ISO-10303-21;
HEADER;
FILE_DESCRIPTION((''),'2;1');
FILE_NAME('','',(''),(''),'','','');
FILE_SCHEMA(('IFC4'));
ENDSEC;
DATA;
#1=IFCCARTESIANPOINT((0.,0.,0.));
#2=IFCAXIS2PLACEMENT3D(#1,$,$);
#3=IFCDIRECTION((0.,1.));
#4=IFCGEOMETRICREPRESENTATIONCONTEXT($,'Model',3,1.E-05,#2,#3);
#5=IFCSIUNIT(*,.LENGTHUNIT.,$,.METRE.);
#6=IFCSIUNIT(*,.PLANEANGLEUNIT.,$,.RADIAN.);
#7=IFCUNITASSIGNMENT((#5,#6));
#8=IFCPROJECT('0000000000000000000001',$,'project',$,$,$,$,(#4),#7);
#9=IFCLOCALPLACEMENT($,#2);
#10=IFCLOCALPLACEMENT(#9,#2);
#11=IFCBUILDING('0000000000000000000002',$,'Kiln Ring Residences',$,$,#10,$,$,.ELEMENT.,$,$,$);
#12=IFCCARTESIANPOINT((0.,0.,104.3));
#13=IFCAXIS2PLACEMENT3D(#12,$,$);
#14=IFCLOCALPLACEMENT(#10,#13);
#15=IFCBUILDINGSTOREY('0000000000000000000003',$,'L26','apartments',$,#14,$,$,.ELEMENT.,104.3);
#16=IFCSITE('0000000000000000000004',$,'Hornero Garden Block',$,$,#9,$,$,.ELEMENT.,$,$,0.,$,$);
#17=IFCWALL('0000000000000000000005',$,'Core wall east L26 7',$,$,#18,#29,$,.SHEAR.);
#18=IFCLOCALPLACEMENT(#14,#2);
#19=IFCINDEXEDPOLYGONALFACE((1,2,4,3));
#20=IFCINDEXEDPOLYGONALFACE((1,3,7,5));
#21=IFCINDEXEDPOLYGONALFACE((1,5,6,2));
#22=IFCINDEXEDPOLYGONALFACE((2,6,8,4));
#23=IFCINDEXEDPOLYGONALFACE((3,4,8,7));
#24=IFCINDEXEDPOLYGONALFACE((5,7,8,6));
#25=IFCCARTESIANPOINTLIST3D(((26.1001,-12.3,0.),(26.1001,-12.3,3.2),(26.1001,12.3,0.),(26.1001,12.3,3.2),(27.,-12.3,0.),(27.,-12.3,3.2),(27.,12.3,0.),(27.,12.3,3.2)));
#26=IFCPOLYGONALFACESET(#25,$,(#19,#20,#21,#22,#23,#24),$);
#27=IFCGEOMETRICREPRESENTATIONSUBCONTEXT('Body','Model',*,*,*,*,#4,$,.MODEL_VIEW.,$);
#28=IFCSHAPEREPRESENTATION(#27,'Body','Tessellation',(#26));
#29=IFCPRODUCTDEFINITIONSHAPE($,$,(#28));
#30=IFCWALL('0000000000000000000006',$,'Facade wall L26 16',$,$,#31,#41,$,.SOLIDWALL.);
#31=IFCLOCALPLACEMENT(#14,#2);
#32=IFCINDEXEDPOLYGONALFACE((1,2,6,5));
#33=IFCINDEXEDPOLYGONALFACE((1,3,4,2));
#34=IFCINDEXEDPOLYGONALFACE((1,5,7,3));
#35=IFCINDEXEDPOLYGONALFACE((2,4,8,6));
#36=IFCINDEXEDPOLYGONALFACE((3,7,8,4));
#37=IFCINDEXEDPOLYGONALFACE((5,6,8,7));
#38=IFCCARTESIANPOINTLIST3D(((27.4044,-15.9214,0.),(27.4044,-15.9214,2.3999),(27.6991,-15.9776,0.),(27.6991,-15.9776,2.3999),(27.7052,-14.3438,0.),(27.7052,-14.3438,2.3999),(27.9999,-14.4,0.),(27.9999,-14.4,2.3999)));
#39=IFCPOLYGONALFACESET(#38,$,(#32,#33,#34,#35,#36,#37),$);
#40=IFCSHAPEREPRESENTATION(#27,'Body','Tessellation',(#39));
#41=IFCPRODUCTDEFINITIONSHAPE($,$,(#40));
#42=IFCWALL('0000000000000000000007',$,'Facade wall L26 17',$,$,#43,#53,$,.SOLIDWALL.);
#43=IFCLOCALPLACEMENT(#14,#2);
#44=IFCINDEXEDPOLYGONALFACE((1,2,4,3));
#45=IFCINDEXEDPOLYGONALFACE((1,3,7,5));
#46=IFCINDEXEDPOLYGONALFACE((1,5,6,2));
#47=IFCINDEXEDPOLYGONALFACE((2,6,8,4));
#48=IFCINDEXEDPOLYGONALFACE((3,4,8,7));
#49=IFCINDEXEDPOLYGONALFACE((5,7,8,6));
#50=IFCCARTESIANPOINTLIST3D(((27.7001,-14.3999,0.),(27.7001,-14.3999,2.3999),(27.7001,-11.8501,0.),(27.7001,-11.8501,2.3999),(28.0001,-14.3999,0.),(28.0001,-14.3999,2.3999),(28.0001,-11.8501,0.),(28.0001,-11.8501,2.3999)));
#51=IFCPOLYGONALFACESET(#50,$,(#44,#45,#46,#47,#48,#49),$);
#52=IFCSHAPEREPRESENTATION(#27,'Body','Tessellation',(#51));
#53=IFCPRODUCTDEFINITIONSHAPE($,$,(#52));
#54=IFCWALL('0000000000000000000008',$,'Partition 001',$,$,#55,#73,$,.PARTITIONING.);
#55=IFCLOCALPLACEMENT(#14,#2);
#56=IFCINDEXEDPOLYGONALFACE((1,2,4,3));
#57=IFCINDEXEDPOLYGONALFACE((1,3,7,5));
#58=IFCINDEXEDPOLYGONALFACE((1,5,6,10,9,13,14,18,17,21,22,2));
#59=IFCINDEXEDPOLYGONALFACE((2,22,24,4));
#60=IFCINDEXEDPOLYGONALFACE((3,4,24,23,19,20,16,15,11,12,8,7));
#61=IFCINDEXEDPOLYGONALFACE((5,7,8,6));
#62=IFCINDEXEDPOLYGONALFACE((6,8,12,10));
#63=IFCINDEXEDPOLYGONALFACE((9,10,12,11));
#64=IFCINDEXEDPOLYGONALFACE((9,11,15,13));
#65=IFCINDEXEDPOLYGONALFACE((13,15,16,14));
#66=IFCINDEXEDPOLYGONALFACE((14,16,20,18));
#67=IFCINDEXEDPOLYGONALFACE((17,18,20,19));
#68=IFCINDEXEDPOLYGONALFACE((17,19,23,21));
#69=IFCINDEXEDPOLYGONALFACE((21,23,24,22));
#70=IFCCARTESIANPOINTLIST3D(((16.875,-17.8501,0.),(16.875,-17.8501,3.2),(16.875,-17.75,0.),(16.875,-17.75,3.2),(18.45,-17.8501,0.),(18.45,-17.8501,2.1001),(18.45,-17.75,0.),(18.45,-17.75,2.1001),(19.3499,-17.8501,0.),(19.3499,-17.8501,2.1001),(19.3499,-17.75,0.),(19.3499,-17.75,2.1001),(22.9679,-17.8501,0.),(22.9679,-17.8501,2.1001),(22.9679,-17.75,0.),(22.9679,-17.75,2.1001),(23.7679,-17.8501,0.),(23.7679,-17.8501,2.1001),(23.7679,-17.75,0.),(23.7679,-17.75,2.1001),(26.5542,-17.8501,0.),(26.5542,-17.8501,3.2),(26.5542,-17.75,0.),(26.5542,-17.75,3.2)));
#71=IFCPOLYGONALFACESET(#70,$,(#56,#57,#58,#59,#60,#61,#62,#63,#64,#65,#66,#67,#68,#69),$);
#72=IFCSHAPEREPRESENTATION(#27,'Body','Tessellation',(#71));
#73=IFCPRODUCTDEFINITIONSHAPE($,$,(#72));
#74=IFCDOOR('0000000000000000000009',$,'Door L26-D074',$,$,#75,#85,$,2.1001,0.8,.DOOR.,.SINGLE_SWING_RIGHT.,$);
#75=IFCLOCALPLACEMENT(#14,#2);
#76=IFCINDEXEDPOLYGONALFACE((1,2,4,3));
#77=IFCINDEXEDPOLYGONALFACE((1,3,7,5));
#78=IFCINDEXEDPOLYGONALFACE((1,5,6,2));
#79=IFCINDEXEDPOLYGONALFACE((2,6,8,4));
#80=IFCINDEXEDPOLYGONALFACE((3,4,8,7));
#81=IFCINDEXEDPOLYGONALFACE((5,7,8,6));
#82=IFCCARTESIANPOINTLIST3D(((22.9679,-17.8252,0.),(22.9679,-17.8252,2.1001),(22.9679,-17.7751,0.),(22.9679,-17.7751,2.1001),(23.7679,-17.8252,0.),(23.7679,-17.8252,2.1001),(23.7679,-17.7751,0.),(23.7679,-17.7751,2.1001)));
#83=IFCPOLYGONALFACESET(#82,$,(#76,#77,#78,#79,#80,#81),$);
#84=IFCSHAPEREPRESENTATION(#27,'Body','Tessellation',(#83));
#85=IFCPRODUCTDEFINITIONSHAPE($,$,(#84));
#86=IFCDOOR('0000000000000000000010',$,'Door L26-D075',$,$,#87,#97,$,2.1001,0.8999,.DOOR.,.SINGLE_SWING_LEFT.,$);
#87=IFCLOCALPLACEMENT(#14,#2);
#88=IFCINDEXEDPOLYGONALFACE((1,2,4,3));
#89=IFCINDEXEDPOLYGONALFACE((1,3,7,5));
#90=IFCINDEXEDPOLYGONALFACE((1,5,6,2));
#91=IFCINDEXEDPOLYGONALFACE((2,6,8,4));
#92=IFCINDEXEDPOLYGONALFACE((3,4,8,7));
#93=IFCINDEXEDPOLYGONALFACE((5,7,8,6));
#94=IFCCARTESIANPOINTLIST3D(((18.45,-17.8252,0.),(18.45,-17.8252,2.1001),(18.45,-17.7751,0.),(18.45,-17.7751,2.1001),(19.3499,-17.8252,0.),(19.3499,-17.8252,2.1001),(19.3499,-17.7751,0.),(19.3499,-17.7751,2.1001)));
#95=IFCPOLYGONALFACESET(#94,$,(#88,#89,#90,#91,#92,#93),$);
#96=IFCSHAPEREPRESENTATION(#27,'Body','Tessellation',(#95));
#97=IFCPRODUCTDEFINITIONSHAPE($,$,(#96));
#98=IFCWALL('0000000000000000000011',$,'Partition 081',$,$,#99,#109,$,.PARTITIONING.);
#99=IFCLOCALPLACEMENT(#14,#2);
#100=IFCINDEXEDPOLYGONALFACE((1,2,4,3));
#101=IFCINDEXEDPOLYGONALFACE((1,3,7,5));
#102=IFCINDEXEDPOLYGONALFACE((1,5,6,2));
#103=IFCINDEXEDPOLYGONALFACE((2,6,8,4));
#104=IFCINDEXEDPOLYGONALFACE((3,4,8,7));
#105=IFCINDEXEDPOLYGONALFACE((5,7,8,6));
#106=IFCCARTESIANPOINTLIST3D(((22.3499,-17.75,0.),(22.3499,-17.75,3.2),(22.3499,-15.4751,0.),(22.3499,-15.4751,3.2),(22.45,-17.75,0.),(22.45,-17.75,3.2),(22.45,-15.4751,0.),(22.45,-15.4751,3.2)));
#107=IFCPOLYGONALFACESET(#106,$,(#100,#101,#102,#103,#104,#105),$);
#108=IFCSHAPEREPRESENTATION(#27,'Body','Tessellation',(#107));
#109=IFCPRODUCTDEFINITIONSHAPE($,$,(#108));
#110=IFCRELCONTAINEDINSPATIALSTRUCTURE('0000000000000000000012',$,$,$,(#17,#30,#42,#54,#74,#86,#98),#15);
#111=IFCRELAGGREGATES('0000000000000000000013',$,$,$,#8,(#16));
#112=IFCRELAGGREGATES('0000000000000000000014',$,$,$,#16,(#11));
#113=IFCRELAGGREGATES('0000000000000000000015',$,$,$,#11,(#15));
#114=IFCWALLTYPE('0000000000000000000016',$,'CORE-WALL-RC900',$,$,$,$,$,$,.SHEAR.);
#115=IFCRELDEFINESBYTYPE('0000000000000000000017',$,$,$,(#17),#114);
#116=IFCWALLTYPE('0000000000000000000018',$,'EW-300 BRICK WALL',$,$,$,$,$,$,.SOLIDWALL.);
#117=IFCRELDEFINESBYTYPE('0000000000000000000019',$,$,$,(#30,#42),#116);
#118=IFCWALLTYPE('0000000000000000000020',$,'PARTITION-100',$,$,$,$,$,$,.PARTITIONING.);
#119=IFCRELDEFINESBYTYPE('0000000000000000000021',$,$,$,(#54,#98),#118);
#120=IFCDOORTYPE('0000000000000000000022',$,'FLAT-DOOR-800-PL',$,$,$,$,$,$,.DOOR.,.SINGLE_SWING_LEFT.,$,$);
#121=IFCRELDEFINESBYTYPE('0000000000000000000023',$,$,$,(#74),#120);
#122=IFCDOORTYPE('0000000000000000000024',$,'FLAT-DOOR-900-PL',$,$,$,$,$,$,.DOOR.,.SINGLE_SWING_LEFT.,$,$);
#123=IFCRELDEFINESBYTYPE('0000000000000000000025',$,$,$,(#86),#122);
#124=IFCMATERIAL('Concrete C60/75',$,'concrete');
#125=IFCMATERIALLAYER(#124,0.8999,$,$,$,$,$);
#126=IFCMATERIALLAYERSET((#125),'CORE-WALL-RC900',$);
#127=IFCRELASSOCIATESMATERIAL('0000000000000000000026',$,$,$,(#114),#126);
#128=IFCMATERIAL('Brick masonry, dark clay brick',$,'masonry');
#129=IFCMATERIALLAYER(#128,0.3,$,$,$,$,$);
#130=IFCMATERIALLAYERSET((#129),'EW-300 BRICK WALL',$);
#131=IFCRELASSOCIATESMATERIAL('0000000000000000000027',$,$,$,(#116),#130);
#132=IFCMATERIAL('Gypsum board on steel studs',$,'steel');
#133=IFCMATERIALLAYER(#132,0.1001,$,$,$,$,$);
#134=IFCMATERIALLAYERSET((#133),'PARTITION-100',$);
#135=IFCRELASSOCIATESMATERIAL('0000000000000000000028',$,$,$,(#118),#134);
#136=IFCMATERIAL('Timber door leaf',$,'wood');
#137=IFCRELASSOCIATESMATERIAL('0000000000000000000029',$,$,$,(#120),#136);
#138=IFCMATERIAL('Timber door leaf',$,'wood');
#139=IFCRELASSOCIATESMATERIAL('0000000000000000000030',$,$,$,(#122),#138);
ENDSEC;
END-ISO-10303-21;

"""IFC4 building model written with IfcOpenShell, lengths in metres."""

from ifc_helpers import new_model, si_unit, direction, frame, frame_2d, origin, place, context, subcontext, project, spatial, rectangle, extrude, material, layer, layer_set, type_object, element, fill, save


model = new_model("IFC4")

# Units and contexts
model_context = context("Model", 3, precision=1e-05, world=origin(), true_north=direction((0.0, 1.0)))
body_context = subcontext(model_context, "Body", "Model", "MODEL_VIEW")
ifc_project = project(units=[si_unit("LENGTHUNIT", "METRE"), si_unit("PLANEANGLEUNIT", "RADIAN")], contexts=[model_context])

# Site, building, storey
site_placement = place(None, origin())
site = spatial("IfcSite", under=ifc_project, at=site_placement, Name="Hornero Garden Block", CompositionType="ELEMENT", RefElevation=0.0)
building_placement = place(site_placement, origin())
building = spatial("IfcBuilding", under=site, at=building_placement, Name="Kiln Ring Residences", CompositionType="ELEMENT")
storey_placement = place(building_placement, frame((0.0, 0.0, 104.3)))
storey = spatial("IfcBuildingStorey", under=building, at=storey_placement, Name="L26", Description="apartments", CompositionType="ELEMENT", Elevation=104.3)

# Walls
ifc_material_1 = material(Name="Concrete C60/75", Category="concrete")
ifc_layer_1 = layer(ifc_material_1, 0.8999)
ifc_layer_set_1 = layer_set([ifc_layer_1], Name="CORE-WALL-RC900")
wall_type_1 = type_object("IfcWallType", Name="CORE-WALL-RC900", PredefinedType="SHEAR", material=ifc_layer_set_1)
wall_1_placement = place(storey_placement, frame((26.55, -12.3, 0.0), z_axis=(0.0, 0.0, 1.0), x_axis=(0.0, 1.0, 0.0)))
element("IfcWall", 1, at=wall_1_placement, inside=storey, type_object=wall_type_1, Name="Core wall east L26 7", PredefinedType="SHEAR", context=body_context, shape_type="SweptSolid", body=[
    extrude(rectangle(XDim=24.6001, YDim=0.8999, at=frame_2d((12.3, 0.0))), origin(), (0.0, 0.0, 1.0), 3.2),
])
ifc_material_2 = material(Name="Brick masonry, dark clay brick", Category="masonry")
ifc_layer_2 = layer(ifc_material_2, 0.3)
ifc_layer_set_2 = layer_set([ifc_layer_2], Name="EW-300 BRICK WALL")
wall_type_2 = type_object("IfcWallType", Name="EW-300 BRICK WALL", PredefinedType="SOLIDWALL", material=ifc_layer_set_2)
wall_2_placement = place(storey_placement, frame((27.5518, -15.9495, 0.0), z_axis=(0.0, 0.0, 1.0), x_axis=(0.18728, 0.982307, 0.0)))
element("IfcWall", 2, at=wall_2_placement, inside=storey, type_object=wall_type_2, Name="Facade wall L26 16", PredefinedType="SOLIDWALL", context=body_context, shape_type="SweptSolid", body=[
    extrude(rectangle(XDim=1.606, YDim=0.3, at=frame_2d((0.803, 0.0))), origin(), (0.0, 0.0, 1.0), 2.3999),
])
wall_3_placement = place(storey_placement, frame((27.8501, -14.3999, 0.0), z_axis=(0.0, 0.0, 1.0), x_axis=(0.0, 1.0, 0.0)))
element("IfcWall", 3, at=wall_3_placement, inside=storey, type_object=wall_type_2, Name="Facade wall L26 17", PredefinedType="SOLIDWALL", context=body_context, shape_type="SweptSolid", body=[
    extrude(rectangle(XDim=2.5498, YDim=0.3, at=frame_2d((1.2749, 0.0))), origin(), (0.0, 0.0, 1.0), 2.3999),
])

# Wall, openings, doors
ifc_material_3 = material(Name="Gypsum board on steel studs", Category="steel")
ifc_layer_3 = layer(ifc_material_3, 0.1001)
ifc_layer_set_3 = layer_set([ifc_layer_3], Name="PARTITION-100")
wall_type_3 = type_object("IfcWallType", Name="PARTITION-100", PredefinedType="PARTITIONING", material=ifc_layer_set_3)
wall_4_placement = place(storey_placement, frame((16.875, -17.8, 0.0), z_axis=(0.0, 0.0, 1.0), x_axis=(1.0, 0.0, 0.0)))
wall_4 = element("IfcWall", 4, at=wall_4_placement, inside=storey, type_object=wall_type_3, Name="Partition 001", PredefinedType="PARTITIONING", context=body_context, shape_type="SweptSolid", body=[
    extrude(rectangle(XDim=9.6792, YDim=0.1001, at=frame_2d((4.8396, 0.0))), origin(), (0.0, 0.0, 1.0), 3.2),
])
opening_1_placement = place(wall_4_placement, frame((6.093, 0.0, 0.0)))
opening_1 = element("IfcOpeningElement", 5, at=opening_1_placement, cuts=wall_4, PredefinedType="OPENING", context=body_context, shape_type="SweptSolid", body=[
    extrude(rectangle(XDim=0.8, YDim=2.1001, at=frame_2d((0.3999, 1.05))), frame((0.0, 0.0601, 0.0), z_axis=(0.0, -1.0, 0.0), x_axis=(1.0, 0.0, 0.0)), (0.0, 0.0, 1.0), 0.1201),
])
opening_2_placement = place(wall_4_placement, frame((1.575, 0.0, 0.0)))
opening_2 = element("IfcOpeningElement", 6, at=opening_2_placement, cuts=wall_4, PredefinedType="OPENING", context=body_context, shape_type="SweptSolid", body=[
    extrude(rectangle(XDim=0.8999, YDim=2.1001, at=frame_2d((0.45, 1.05))), frame((0.0, 0.0601, 0.0), z_axis=(0.0, -1.0, 0.0), x_axis=(1.0, 0.0, 0.0)), (0.0, 0.0, 1.0), 0.1201),
])
ifc_material_4 = material(Name="Timber door leaf", Category="wood")
door_type_1 = type_object("IfcDoorType", Name="FLAT-DOOR-800-PL", OperationType="SINGLE_SWING_LEFT", PredefinedType="DOOR", material=ifc_material_4)
door_1_placement = place(opening_1_placement, origin())
door_1 = element("IfcDoor", 7, at=door_1_placement, inside=storey, type_object=door_type_1, Name="Door L26-D074", OperationType="SINGLE_SWING_RIGHT", OverallHeight=2.1001, OverallWidth=0.8, PredefinedType="DOOR", context=body_context, shape_type="SweptSolid", body=[
    extrude(rectangle(XDim=0.8, YDim=2.1001, at=frame_2d((0.3999, 1.05))), frame((0.0, 0.0249, 0.0), z_axis=(0.0, -1.0, 0.0), x_axis=(1.0, 0.0, 0.0)), (0.0, 0.0, 1.0), 0.05),
])
fill(opening_1, door_1)
ifc_material_5 = material(Name="Timber door leaf", Category="wood")
door_type_2 = type_object("IfcDoorType", Name="FLAT-DOOR-900-PL", OperationType="SINGLE_SWING_LEFT", PredefinedType="DOOR", material=ifc_material_5)
door_2_placement = place(opening_2_placement, origin())
door_2 = element("IfcDoor", 8, at=door_2_placement, inside=storey, type_object=door_type_2, Name="Door L26-D075", OperationType="SINGLE_SWING_LEFT", OverallHeight=2.1001, OverallWidth=0.8999, PredefinedType="DOOR", context=body_context, shape_type="SweptSolid", body=[
    extrude(rectangle(XDim=0.8999, YDim=2.1001, at=frame_2d((0.45, 1.05))), frame((0.0, 0.0249, 0.0), z_axis=(0.0, -1.0, 0.0), x_axis=(1.0, 0.0, 0.0)), (0.0, 0.0, 1.0), 0.05),
])
fill(opening_2, door_2)

# Wall
wall_5_placement = place(storey_placement, frame((22.3999, -17.75, 0.0), z_axis=(0.0, 0.0, 1.0), x_axis=(0.0, 1.0, 0.0)))
element("IfcWall", 9, at=wall_5_placement, inside=storey, type_object=wall_type_3, Name="Partition 081", PredefinedType="PARTITIONING", context=body_context, shape_type="SweptSolid", body=[
    extrude(rectangle(XDim=2.2749, YDim=0.1001, at=frame_2d((1.1375, 0.0))), origin(), (0.0, 0.0, 1.0), 3.2),
])

save(model, "model.ifc")
